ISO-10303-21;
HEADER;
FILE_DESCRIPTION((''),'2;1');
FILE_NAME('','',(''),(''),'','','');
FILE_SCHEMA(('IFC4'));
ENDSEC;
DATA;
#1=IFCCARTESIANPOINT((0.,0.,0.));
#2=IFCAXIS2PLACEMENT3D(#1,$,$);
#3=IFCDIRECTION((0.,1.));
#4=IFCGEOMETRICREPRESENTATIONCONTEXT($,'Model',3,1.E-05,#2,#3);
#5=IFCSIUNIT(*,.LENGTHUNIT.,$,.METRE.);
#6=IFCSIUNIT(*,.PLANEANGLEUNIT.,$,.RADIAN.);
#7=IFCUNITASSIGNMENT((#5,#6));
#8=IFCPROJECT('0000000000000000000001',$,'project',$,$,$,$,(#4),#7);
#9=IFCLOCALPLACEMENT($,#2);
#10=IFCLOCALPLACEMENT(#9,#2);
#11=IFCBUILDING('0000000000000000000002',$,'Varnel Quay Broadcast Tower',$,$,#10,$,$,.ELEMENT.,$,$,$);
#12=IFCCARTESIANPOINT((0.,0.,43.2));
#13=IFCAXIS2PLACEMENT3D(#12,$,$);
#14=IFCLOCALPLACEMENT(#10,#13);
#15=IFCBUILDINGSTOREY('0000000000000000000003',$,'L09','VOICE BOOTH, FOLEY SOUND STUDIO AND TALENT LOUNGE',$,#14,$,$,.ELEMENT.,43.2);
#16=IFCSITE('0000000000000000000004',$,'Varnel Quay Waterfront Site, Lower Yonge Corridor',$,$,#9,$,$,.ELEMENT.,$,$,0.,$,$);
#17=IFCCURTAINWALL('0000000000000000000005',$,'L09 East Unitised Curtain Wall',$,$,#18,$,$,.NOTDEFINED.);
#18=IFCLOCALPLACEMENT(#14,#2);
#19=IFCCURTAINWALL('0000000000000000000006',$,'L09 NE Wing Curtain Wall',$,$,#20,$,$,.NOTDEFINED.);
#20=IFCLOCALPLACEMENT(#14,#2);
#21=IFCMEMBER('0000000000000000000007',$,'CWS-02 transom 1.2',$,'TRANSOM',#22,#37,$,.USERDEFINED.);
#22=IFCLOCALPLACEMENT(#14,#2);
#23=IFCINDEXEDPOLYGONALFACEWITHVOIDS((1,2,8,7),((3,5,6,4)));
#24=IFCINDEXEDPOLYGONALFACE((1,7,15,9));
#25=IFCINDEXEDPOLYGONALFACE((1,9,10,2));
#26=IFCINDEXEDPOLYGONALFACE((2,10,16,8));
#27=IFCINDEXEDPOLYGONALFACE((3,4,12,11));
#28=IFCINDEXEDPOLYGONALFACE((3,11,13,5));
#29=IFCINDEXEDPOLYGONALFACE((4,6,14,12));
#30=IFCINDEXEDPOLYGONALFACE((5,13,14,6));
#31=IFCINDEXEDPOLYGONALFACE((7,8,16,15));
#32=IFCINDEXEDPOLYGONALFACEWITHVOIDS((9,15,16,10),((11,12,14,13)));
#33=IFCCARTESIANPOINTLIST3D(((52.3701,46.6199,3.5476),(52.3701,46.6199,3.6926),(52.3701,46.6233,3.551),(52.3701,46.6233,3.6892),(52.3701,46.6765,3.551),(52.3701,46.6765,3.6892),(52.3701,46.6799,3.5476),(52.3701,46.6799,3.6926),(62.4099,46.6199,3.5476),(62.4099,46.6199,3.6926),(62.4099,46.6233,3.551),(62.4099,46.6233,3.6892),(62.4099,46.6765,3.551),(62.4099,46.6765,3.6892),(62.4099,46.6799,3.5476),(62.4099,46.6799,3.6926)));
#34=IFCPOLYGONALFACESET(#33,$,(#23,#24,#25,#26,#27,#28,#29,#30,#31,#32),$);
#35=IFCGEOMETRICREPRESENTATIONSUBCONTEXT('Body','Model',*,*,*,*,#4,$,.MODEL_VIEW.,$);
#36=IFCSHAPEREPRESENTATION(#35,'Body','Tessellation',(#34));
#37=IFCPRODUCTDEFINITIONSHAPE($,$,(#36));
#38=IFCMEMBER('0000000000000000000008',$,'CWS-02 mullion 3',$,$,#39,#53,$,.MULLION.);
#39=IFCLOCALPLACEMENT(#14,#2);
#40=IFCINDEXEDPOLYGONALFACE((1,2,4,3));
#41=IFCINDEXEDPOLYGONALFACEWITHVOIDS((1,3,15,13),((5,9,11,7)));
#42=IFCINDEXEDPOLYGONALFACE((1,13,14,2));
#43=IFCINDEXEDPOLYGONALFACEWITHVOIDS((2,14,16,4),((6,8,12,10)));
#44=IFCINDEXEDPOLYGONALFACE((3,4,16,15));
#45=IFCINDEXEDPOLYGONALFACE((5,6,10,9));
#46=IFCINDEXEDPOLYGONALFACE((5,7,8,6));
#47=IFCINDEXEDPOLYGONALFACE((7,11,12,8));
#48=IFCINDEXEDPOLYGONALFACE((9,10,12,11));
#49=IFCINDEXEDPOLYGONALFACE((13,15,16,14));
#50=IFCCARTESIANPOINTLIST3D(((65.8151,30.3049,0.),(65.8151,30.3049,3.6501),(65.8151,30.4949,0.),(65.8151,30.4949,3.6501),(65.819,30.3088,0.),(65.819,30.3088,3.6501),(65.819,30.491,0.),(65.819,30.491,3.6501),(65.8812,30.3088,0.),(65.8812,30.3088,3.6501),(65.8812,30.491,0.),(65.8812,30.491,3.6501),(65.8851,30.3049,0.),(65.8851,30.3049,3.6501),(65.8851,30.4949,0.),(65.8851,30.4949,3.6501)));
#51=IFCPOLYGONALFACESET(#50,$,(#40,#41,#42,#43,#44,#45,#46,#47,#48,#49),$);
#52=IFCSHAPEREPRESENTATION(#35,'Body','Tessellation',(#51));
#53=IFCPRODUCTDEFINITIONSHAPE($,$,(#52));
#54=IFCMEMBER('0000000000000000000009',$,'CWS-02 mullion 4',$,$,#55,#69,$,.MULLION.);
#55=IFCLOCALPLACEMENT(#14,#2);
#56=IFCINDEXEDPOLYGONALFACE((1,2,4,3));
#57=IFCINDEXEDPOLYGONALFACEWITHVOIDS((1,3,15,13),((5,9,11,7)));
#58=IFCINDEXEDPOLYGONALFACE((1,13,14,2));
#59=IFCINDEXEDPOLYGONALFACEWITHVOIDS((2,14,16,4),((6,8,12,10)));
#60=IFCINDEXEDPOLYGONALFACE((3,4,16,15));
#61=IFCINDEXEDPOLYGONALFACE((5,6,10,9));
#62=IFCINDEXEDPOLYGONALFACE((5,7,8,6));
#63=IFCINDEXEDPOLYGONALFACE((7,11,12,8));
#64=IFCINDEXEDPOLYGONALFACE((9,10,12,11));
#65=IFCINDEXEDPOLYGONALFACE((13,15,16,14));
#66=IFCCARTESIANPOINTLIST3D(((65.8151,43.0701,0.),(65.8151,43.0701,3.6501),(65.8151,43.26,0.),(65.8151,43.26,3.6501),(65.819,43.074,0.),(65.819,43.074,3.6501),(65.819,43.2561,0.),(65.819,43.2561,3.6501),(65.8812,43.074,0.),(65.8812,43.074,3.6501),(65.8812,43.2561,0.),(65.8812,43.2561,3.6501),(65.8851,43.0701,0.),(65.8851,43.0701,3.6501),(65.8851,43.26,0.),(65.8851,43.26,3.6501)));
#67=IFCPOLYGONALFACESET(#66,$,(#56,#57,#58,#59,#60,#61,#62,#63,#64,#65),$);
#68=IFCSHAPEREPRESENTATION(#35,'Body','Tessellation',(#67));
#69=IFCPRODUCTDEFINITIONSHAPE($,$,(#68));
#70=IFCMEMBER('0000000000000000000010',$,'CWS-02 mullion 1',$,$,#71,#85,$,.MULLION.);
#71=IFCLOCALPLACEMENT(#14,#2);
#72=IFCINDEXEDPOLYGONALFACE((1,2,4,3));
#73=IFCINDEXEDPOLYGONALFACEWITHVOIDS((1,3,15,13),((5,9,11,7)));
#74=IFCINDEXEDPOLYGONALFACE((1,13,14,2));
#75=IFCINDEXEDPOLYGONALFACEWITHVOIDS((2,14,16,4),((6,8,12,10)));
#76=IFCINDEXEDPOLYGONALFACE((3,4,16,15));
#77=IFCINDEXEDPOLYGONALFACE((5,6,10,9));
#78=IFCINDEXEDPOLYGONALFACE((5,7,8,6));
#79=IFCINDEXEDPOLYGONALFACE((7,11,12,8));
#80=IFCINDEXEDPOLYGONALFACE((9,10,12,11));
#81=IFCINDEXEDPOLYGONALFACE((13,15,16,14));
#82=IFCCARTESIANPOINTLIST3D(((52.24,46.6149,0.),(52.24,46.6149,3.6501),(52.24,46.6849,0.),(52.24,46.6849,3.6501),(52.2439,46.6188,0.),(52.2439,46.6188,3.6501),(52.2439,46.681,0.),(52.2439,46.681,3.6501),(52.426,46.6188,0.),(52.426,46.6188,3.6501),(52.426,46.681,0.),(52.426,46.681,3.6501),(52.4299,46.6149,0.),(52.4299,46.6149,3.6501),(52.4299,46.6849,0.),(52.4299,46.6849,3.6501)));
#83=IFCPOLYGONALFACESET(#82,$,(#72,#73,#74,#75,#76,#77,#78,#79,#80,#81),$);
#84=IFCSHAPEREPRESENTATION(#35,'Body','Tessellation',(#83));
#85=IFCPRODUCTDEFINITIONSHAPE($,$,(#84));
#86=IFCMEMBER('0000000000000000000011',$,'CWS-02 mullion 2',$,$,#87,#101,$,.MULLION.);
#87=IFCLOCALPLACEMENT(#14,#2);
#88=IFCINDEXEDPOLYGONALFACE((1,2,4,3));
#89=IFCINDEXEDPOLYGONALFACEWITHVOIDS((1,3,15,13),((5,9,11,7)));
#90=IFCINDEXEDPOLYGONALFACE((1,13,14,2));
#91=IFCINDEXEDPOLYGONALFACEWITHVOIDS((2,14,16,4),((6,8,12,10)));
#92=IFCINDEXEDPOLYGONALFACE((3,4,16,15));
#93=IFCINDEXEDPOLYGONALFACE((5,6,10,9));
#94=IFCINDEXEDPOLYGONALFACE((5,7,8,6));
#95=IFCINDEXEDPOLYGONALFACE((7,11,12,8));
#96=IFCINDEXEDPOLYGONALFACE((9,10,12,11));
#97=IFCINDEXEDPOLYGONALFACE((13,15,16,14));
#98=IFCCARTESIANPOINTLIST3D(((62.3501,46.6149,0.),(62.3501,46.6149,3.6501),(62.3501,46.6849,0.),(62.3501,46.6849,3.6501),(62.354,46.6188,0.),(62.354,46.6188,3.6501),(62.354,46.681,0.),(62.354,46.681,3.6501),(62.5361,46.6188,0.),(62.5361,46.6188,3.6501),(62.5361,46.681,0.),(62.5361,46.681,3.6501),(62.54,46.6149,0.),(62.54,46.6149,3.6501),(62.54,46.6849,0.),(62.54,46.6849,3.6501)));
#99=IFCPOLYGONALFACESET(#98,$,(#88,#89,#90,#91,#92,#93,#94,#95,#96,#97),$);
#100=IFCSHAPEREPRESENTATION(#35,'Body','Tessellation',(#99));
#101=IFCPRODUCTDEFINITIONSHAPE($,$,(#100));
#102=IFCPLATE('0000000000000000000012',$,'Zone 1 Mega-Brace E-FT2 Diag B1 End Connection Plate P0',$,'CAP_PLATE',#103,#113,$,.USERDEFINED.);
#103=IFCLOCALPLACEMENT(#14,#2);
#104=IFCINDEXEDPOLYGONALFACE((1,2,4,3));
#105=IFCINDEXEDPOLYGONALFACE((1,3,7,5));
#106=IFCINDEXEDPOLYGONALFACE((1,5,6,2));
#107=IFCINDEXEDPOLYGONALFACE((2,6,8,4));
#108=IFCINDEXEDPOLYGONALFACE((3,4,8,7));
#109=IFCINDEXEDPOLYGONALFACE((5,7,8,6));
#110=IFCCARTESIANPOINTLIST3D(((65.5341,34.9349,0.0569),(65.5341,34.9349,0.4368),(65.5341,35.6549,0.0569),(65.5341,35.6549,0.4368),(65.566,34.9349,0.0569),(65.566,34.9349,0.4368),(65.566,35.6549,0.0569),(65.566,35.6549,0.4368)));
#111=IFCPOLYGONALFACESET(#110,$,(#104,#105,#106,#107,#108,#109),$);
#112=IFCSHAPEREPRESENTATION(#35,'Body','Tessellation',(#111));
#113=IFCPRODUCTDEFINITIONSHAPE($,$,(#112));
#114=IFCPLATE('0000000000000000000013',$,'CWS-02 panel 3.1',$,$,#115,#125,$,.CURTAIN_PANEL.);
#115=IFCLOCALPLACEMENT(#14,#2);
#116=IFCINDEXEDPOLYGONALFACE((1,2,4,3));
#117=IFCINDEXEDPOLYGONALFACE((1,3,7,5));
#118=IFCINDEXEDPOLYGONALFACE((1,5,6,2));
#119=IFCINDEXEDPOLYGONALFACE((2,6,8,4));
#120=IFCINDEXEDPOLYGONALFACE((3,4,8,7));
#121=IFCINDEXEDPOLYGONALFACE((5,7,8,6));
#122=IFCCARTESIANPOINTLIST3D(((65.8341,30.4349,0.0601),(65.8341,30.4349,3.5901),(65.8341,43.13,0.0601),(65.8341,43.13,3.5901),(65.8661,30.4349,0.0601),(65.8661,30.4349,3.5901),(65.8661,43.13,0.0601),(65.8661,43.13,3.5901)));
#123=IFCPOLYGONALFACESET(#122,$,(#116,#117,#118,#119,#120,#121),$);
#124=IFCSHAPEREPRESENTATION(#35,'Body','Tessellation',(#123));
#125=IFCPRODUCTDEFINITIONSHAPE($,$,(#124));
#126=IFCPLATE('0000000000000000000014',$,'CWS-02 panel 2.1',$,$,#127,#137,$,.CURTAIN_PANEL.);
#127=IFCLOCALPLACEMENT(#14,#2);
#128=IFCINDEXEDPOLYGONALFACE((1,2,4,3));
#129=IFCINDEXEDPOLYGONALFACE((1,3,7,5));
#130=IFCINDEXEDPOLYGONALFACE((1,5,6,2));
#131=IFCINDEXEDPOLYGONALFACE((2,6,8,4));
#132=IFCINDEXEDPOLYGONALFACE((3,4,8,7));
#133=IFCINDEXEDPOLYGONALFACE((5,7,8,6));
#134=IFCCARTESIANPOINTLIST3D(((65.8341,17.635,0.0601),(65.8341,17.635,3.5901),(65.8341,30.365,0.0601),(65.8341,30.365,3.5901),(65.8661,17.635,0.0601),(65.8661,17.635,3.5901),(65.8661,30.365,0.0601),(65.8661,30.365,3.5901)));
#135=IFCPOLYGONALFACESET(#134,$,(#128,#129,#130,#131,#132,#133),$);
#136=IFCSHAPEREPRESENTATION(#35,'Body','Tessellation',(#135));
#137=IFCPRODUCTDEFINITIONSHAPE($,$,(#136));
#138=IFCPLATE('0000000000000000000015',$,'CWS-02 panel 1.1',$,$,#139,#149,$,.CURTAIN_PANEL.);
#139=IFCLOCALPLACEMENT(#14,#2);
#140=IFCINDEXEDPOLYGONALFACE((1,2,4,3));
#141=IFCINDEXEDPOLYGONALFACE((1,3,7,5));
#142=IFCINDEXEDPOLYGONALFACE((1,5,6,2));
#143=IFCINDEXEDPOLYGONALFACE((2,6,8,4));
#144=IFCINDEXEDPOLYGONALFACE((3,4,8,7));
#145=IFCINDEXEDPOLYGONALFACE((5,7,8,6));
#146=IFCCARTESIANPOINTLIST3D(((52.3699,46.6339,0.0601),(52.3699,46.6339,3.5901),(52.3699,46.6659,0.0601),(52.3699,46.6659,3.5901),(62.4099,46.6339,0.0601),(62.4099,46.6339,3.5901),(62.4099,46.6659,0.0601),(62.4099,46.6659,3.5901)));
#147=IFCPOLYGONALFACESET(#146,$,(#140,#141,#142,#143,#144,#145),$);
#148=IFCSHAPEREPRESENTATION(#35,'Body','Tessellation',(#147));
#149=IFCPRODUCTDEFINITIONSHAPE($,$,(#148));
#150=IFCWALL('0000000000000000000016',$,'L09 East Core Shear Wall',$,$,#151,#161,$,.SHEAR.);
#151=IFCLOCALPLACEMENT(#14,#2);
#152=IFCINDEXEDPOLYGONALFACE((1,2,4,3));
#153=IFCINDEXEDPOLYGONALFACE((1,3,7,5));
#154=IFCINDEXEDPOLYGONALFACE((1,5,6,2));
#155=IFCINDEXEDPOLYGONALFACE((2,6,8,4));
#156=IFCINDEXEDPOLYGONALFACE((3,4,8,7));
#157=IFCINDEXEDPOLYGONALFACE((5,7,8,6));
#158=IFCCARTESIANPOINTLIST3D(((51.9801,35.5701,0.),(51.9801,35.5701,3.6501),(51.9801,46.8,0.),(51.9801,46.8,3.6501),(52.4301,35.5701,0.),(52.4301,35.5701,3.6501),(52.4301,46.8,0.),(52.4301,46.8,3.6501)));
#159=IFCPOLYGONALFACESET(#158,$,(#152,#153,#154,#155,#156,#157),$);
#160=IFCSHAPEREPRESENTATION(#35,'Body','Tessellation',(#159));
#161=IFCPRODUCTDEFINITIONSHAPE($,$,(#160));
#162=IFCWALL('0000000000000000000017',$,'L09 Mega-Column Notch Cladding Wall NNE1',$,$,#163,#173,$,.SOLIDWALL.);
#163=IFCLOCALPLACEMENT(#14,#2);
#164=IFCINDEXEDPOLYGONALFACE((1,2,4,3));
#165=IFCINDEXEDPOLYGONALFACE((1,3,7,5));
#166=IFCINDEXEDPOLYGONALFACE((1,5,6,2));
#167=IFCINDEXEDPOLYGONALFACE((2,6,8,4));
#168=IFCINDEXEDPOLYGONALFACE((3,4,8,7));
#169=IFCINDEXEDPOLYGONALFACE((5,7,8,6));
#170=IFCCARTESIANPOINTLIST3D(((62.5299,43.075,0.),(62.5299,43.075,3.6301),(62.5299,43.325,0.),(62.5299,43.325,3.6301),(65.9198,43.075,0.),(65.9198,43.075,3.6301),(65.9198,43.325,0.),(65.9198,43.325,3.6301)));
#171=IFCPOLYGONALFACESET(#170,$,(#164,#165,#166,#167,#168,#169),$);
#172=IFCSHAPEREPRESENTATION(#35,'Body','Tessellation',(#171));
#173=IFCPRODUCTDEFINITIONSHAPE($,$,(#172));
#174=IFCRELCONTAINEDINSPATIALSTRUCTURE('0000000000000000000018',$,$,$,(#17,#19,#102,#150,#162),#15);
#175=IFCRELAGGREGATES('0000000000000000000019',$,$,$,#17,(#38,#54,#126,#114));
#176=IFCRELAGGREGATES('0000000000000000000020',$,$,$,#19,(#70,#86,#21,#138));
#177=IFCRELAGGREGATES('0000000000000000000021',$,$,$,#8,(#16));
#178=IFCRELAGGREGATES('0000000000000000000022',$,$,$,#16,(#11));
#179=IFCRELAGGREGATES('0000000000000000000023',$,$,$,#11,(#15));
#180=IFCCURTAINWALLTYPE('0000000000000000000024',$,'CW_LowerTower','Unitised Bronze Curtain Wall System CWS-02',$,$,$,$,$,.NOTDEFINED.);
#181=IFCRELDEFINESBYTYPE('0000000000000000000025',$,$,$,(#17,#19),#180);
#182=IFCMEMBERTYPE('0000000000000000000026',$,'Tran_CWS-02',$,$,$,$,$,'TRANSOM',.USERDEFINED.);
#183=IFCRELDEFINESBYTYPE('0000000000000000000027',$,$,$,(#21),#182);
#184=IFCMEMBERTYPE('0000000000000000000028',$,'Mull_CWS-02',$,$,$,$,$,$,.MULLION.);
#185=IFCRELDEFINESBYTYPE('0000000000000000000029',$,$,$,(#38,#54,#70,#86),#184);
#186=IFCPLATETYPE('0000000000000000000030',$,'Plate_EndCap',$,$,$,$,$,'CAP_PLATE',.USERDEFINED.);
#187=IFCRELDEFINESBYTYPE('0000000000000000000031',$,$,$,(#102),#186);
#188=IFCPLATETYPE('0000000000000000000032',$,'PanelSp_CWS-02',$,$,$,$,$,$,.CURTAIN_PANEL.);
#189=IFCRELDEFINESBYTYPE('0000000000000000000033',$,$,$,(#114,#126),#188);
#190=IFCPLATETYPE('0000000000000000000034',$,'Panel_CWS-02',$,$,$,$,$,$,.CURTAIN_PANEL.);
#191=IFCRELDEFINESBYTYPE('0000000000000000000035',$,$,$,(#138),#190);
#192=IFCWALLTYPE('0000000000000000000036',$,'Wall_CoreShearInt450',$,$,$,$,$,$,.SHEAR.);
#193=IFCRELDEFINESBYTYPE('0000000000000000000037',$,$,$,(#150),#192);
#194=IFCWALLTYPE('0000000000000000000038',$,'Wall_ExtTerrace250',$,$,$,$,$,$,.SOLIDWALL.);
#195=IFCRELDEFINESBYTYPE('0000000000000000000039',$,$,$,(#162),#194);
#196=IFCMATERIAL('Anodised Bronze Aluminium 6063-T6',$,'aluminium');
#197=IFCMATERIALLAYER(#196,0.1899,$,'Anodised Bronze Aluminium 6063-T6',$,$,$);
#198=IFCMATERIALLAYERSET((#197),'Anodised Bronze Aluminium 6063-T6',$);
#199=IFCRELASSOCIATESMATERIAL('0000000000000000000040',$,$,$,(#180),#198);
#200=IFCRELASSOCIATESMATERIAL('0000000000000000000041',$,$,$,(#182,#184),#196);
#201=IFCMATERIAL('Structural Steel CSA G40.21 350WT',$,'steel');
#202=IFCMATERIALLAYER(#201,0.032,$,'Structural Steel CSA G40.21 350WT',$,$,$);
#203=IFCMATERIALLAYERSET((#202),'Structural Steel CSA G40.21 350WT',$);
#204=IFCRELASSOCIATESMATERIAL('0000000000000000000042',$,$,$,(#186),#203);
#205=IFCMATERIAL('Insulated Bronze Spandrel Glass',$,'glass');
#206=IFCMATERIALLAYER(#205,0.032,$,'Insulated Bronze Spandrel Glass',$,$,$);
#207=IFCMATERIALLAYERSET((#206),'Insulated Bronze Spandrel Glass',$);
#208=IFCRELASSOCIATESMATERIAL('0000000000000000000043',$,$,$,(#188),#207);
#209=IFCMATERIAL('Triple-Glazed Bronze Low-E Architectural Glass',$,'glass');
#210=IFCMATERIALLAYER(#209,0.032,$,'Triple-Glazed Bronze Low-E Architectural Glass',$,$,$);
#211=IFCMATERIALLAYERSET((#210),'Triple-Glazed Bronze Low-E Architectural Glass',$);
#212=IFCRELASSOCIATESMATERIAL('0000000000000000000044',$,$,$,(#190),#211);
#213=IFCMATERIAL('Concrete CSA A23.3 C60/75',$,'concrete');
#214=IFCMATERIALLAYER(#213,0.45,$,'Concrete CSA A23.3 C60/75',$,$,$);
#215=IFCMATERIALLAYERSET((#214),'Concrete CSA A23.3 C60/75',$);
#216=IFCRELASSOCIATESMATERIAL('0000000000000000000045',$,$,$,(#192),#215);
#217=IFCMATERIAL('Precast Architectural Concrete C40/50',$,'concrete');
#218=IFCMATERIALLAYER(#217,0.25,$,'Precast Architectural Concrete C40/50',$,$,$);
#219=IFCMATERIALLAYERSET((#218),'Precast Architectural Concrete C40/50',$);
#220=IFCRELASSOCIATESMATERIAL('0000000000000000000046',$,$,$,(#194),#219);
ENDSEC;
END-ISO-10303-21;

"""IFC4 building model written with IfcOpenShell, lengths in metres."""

from ifc_helpers import new_model, si_unit, direction, frame, frame_2d, origin, origin_2d, place, context, subcontext, project, spatial, rectangle, hollow_rectangle, extrude, source, transform, mapped, material, layer, layer_set, material_profile, profile_set, type_object, type_shapes, element, aggregate, save


model = new_model("IFC4")

# Units and contexts
model_context = context("Model", 3, precision=1e-05, world=origin(), true_north=direction((0.0, 1.0)))
body_context = subcontext(model_context, "Body", "Model", "MODEL_VIEW")
ifc_project = project(units=[si_unit("LENGTHUNIT", "METRE"), si_unit("PLANEANGLEUNIT", "RADIAN")], contexts=[model_context])

# Site, building, storey
site_placement = place(None, origin())
site = spatial("IfcSite", under=ifc_project, at=site_placement, Name="Varnel Quay Waterfront Site, Lower Yonge Corridor", CompositionType="ELEMENT", RefElevation=0.0)
building_placement = place(site_placement, origin())
building = spatial("IfcBuilding", under=site, at=building_placement, Name="Varnel Quay Broadcast Tower", CompositionType="ELEMENT")
storey_placement = place(building_placement, frame((0.0, 0.0, 43.2)))
storey = spatial("IfcBuildingStorey", under=building, at=storey_placement, Name="L09", Description="VOICE BOOTH, FOLEY SOUND STUDIO AND TALENT LOUNGE", CompositionType="ELEMENT", Elevation=43.2)

# Shared definitions
ifc_material_1 = material(Name="Structural Steel CSA G40.21 350WT", Category="steel")

# Curtain walls, member
ifc_material_2 = material(Name="Anodised Bronze Aluminium 6063-T6", Category="aluminium")
ifc_layer_1 = layer(ifc_material_2, 0.1899, Name="Anodised Bronze Aluminium 6063-T6")
ifc_layer_set_1 = layer_set([ifc_layer_1], Name="Anodised Bronze Aluminium 6063-T6")
curtain_wall_type = type_object("IfcCurtainWallType", Name="CW_LowerTower", Description="Unitised Bronze Curtain Wall System CWS-02", PredefinedType="NOTDEFINED", material=ifc_layer_set_1)
curtain_wall_1_placement = place(storey_placement, origin())
curtain_wall_1 = element("IfcCurtainWall", 1, at=curtain_wall_1_placement, inside=storey, type_object=curtain_wall_type, Name="L09 East Unitised Curtain Wall", PredefinedType="NOTDEFINED")
ifc_material_profile_1 = material_profile(ifc_material_2, hollow_rectangle(XDim=0.0601, YDim=0.145, WallThickness=0.0034, at=origin_2d()), Name="ALU60X145X3.5")
ifc_profile_set_1 = profile_set([ifc_material_profile_1], Name="Anodised Bronze Aluminium 6063-T6")
member_type_1 = type_object("IfcMemberType", Name="Tran_CWS-02", ElementType="TRANSOM", PredefinedType="USERDEFINED", material=ifc_profile_set_1)
curtain_wall_2_placement = place(storey_placement, origin())
curtain_wall_2 = element("IfcCurtainWall", 2, at=curtain_wall_2_placement, inside=storey, type_object=curtain_wall_type, Name="L09 NE Wing Curtain Wall", PredefinedType="NOTDEFINED")
shared_shape_1 = source(origin(), body_context, "Body", "SweptSolid", [
    extrude(hollow_rectangle(XDim=0.0601, YDim=0.145, WallThickness=0.0034, at=origin_2d()), origin(), (0.0, 0.0, 1.0), 10.0398),
])
member_1_placement = place(storey_placement, frame((52.3701, 46.6499, 3.6201), z_axis=(1.0, 0.0, 0.0), x_axis=(0.0, 1.0, 0.0)))
member_1 = element("IfcMember", 3, at=member_1_placement, type_object=member_type_1, Name="CWS-02 transom 1.2", ObjectType="TRANSOM", PredefinedType="USERDEFINED", context=body_context, shape_type="MappedRepresentation", body=[
    mapped(shared_shape_1, transform((0.0, 0.0, 0.0), x_axis=(1.0, 0.0, 0.0), y_axis=(0.0, 1.0, 0.0), z_axis=(0.0, 0.0, 1.0), scale=1.0)),
])

# Members
ifc_material_profile_2 = material_profile(ifc_material_2, hollow_rectangle(XDim=0.0701, YDim=0.1899, WallThickness=0.0039, at=origin_2d()), Name="ALU70X190X4")
ifc_profile_set_2 = profile_set([ifc_material_profile_2], Name="Anodised Bronze Aluminium 6063-T6")
member_type_2 = type_object("IfcMemberType", Name="Mull_CWS-02", PredefinedType="MULLION", material=ifc_profile_set_2)
shared_shape_2 = source(origin(), body_context, "Body", "SweptSolid", [
    extrude(hollow_rectangle(XDim=0.0701, YDim=0.1899, WallThickness=0.0039, at=origin_2d()), origin(), (0.0, 0.0, 1.0), 3.6501),
])
type_shapes(member_type_2, [shared_shape_2])
member_2_placement = place(storey_placement, frame((65.8501, 30.3999, 0.0), z_axis=(0.0, 0.0, 1.0), x_axis=(-1.0, 0.0, 0.0)))
member_2 = element("IfcMember", 4, at=member_2_placement, type_object=member_type_2, Name="CWS-02 mullion 3", PredefinedType="MULLION", context=body_context, shape_type="MappedRepresentation", body=[
    mapped(shared_shape_2, transform((0.0, 0.0, 0.0), x_axis=(1.0, 0.0, 0.0), y_axis=(0.0, 1.0, 0.0), z_axis=(0.0, 0.0, 1.0), scale=1.0)),
])
member_3_placement = place(storey_placement, frame((65.8501, 43.165, 0.0), z_axis=(0.0, 0.0, 1.0), x_axis=(-1.0, 0.0, 0.0)))
member_3 = element("IfcMember", 5, at=member_3_placement, type_object=member_type_2, Name="CWS-02 mullion 4", PredefinedType="MULLION", context=body_context, shape_type="MappedRepresentation", body=[
    mapped(shared_shape_2, transform((0.0, 0.0, 0.0), x_axis=(1.0, 0.0, 0.0), y_axis=(0.0, 1.0, 0.0), z_axis=(0.0, 0.0, 1.0), scale=1.0)),
])
member_4_placement = place(storey_placement, frame((52.335, 46.6499, 0.0), z_axis=(0.0, 0.0, 1.0), x_axis=(0.0, 1.0, 0.0)))
member_4 = element("IfcMember", 6, at=member_4_placement, type_object=member_type_2, Name="CWS-02 mullion 1", PredefinedType="MULLION", context=body_context, shape_type="MappedRepresentation", body=[
    mapped(shared_shape_2, transform((0.0, 0.0, 0.0), x_axis=(1.0, 0.0, 0.0), y_axis=(0.0, 1.0, 0.0), z_axis=(0.0, 0.0, 1.0), scale=1.0)),
])
member_5_placement = place(storey_placement, frame((62.4451, 46.6499, 0.0), z_axis=(0.0, 0.0, 1.0), x_axis=(0.0, 1.0, 0.0)))
member_5 = element("IfcMember", 7, at=member_5_placement, type_object=member_type_2, Name="CWS-02 mullion 2", PredefinedType="MULLION", context=body_context, shape_type="MappedRepresentation", body=[
    mapped(shared_shape_2, transform((0.0, 0.0, 0.0), x_axis=(1.0, 0.0, 0.0), y_axis=(0.0, 1.0, 0.0), z_axis=(0.0, 0.0, 1.0), scale=1.0)),
])

# Plates
ifc_layer_2 = layer(ifc_material_1, 0.032, Name="Structural Steel CSA G40.21 350WT")
ifc_layer_set_2 = layer_set([ifc_layer_2], Name="Structural Steel CSA G40.21 350WT")
plate_type_1 = type_object("IfcPlateType", Name="Plate_EndCap", ElementType="CAP_PLATE", PredefinedType="USERDEFINED", material=ifc_layer_set_2)
shared_shape_3 = source(origin(), body_context, "Body", "SweptSolid", [
    extrude(rectangle(XDim=0.72, YDim=0.032, at=origin_2d()), origin(), (0.0, 0.0, 1.0), 0.3799),
])
type_shapes(plate_type_1, [shared_shape_3])
plate_1_placement = place(storey_placement, frame((65.55, 35.2949, 0.0569), z_axis=(0.0, 0.0, 1.0), x_axis=(0.0, 1.0, 0.0)))
element("IfcPlate", 8, at=plate_1_placement, inside=storey, type_object=plate_type_1, Name="Zone 1 Mega-Brace E-FT2 Diag B1 End Connection Plate P0", ObjectType="CAP_PLATE", PredefinedType="USERDEFINED", context=body_context, shape_type="MappedRepresentation", body=[
    mapped(shared_shape_3, transform((0.0, 0.0, 0.0), x_axis=(1.0, 0.0, 0.0), y_axis=(0.0, 1.0, 0.0), z_axis=(0.0, 0.0, 1.0), scale=1.0)),
])
ifc_material_3 = material(Name="Insulated Bronze Spandrel Glass", Category="glass")
ifc_layer_3 = layer(ifc_material_3, 0.032, Name="Insulated Bronze Spandrel Glass")
ifc_layer_set_3 = layer_set([ifc_layer_3], Name="Insulated Bronze Spandrel Glass")
plate_type_2 = type_object("IfcPlateType", Name="PanelSp_CWS-02", PredefinedType="CURTAIN_PANEL", material=ifc_layer_set_3)
shared_shape_4 = source(origin(), body_context, "Body", "SweptSolid", [
    extrude(rectangle(XDim=12.6951, YDim=0.032, at=origin_2d()), origin(), (0.0, 0.0, 1.0), 3.53),
])
plate_2_placement = place(storey_placement, frame((65.8501, 36.7825, 0.0601), z_axis=(0.0, 0.0, 1.0), x_axis=(0.0, 1.0, 0.0)))
plate_2 = element("IfcPlate", 9, at=plate_2_placement, type_object=plate_type_2, Name="CWS-02 panel 3.1", PredefinedType="CURTAIN_PANEL", context=body_context, shape_type="MappedRepresentation", body=[
    mapped(shared_shape_4, transform((0.0, 0.0, 0.0), x_axis=(1.0, 0.0, 0.0), y_axis=(0.0, 1.0, 0.0), z_axis=(0.0, 0.0, 1.0), scale=1.0)),
])
shared_shape_5 = source(origin(), body_context, "Body", "SweptSolid", [
    extrude(rectangle(XDim=12.73, YDim=0.032, at=origin_2d()), origin(), (0.0, 0.0, 1.0), 3.53),
])
type_shapes(plate_type_2, [shared_shape_4, shared_shape_5])
plate_3_placement = place(storey_placement, frame((65.8501, 24.0, 0.0601), z_axis=(0.0, 0.0, 1.0), x_axis=(0.0, 1.0, 0.0)))
plate_3 = element("IfcPlate", 10, at=plate_3_placement, type_object=plate_type_2, Name="CWS-02 panel 2.1", PredefinedType="CURTAIN_PANEL", context=body_context, shape_type="MappedRepresentation", body=[
    mapped(shared_shape_5, transform((0.0, 0.0, 0.0), x_axis=(1.0, 0.0, 0.0), y_axis=(0.0, 1.0, 0.0), z_axis=(0.0, 0.0, 1.0), scale=1.0)),
])
aggregate(curtain_wall_1, [member_2, member_3, plate_3, plate_2])
ifc_material_4 = material(Name="Triple-Glazed Bronze Low-E Architectural Glass", Category="glass")
ifc_layer_4 = layer(ifc_material_4, 0.032, Name="Triple-Glazed Bronze Low-E Architectural Glass")
ifc_layer_set_4 = layer_set([ifc_layer_4], Name="Triple-Glazed Bronze Low-E Architectural Glass")
plate_type_3 = type_object("IfcPlateType", Name="Panel_CWS-02", PredefinedType="CURTAIN_PANEL", material=ifc_layer_set_4)
shared_shape_6 = source(origin(), body_context, "Body", "SweptSolid", [
    extrude(rectangle(XDim=10.04, YDim=0.032, at=origin_2d()), origin(), (0.0, 0.0, 1.0), 3.53),
])
type_shapes(plate_type_3, [shared_shape_6])
plate_4_placement = place(storey_placement, frame((57.3899, 46.6499, 0.0601), z_axis=(0.0, 0.0, 1.0), x_axis=(1.0, 0.0, 0.0)))
plate_4 = element("IfcPlate", 11, at=plate_4_placement, type_object=plate_type_3, Name="CWS-02 panel 1.1", PredefinedType="CURTAIN_PANEL", context=body_context, shape_type="MappedRepresentation", body=[
    mapped(shared_shape_6, transform((0.0, 0.0, 0.0), x_axis=(1.0, 0.0, 0.0), y_axis=(0.0, 1.0, 0.0), z_axis=(0.0, 0.0, 1.0), scale=1.0)),
])
aggregate(curtain_wall_2, [member_4, member_5, member_1, plate_4])

# Walls
ifc_material_5 = material(Name="Concrete CSA A23.3 C60/75", Category="concrete")
ifc_layer_5 = layer(ifc_material_5, 0.45, Name="Concrete CSA A23.3 C60/75")
ifc_layer_set_5 = layer_set([ifc_layer_5], Name="Concrete CSA A23.3 C60/75")
wall_type_1 = type_object("IfcWallType", Name="Wall_CoreShearInt450", PredefinedType="SHEAR", material=ifc_layer_set_5)
wall_1_placement = place(storey_placement, frame((52.2051, 35.5701, 0.0), z_axis=(0.0, 0.0, 1.0), x_axis=(0.0, 1.0, 0.0)))
element("IfcWall", 12, at=wall_1_placement, inside=storey, type_object=wall_type_1, Name="L09 East Core Shear Wall", PredefinedType="SHEAR", context=body_context, shape_type="SweptSolid", body=[
    extrude(rectangle(XDim=11.23, YDim=0.45, at=frame_2d((5.615, 0.0))), origin(), (0.0, 0.0, 1.0), 3.6501),
])
ifc_material_6 = material(Name="Precast Architectural Concrete C40/50", Category="concrete")
ifc_layer_6 = layer(ifc_material_6, 0.25, Name="Precast Architectural Concrete C40/50")
ifc_layer_set_6 = layer_set([ifc_layer_6], Name="Precast Architectural Concrete C40/50")
wall_type_2 = type_object("IfcWallType", Name="Wall_ExtTerrace250", PredefinedType="SOLIDWALL", material=ifc_layer_set_6)
wall_2_placement = place(storey_placement, frame((62.53, 43.2, 0.0), z_axis=(0.0, 0.0, 1.0), x_axis=(1.0, 0.0, 0.0)))
element("IfcWall", 13, at=wall_2_placement, inside=storey, type_object=wall_type_2, Name="L09 Mega-Column Notch Cladding Wall NNE1", PredefinedType="SOLIDWALL", context=body_context, shape_type="SweptSolid", body=[
    extrude(rectangle(XDim=3.3899, YDim=0.25, at=frame_2d((1.6948, 0.0))), origin(), (0.0, 0.0, 1.0), 3.6301),
])

save(model, "model.ifc")
